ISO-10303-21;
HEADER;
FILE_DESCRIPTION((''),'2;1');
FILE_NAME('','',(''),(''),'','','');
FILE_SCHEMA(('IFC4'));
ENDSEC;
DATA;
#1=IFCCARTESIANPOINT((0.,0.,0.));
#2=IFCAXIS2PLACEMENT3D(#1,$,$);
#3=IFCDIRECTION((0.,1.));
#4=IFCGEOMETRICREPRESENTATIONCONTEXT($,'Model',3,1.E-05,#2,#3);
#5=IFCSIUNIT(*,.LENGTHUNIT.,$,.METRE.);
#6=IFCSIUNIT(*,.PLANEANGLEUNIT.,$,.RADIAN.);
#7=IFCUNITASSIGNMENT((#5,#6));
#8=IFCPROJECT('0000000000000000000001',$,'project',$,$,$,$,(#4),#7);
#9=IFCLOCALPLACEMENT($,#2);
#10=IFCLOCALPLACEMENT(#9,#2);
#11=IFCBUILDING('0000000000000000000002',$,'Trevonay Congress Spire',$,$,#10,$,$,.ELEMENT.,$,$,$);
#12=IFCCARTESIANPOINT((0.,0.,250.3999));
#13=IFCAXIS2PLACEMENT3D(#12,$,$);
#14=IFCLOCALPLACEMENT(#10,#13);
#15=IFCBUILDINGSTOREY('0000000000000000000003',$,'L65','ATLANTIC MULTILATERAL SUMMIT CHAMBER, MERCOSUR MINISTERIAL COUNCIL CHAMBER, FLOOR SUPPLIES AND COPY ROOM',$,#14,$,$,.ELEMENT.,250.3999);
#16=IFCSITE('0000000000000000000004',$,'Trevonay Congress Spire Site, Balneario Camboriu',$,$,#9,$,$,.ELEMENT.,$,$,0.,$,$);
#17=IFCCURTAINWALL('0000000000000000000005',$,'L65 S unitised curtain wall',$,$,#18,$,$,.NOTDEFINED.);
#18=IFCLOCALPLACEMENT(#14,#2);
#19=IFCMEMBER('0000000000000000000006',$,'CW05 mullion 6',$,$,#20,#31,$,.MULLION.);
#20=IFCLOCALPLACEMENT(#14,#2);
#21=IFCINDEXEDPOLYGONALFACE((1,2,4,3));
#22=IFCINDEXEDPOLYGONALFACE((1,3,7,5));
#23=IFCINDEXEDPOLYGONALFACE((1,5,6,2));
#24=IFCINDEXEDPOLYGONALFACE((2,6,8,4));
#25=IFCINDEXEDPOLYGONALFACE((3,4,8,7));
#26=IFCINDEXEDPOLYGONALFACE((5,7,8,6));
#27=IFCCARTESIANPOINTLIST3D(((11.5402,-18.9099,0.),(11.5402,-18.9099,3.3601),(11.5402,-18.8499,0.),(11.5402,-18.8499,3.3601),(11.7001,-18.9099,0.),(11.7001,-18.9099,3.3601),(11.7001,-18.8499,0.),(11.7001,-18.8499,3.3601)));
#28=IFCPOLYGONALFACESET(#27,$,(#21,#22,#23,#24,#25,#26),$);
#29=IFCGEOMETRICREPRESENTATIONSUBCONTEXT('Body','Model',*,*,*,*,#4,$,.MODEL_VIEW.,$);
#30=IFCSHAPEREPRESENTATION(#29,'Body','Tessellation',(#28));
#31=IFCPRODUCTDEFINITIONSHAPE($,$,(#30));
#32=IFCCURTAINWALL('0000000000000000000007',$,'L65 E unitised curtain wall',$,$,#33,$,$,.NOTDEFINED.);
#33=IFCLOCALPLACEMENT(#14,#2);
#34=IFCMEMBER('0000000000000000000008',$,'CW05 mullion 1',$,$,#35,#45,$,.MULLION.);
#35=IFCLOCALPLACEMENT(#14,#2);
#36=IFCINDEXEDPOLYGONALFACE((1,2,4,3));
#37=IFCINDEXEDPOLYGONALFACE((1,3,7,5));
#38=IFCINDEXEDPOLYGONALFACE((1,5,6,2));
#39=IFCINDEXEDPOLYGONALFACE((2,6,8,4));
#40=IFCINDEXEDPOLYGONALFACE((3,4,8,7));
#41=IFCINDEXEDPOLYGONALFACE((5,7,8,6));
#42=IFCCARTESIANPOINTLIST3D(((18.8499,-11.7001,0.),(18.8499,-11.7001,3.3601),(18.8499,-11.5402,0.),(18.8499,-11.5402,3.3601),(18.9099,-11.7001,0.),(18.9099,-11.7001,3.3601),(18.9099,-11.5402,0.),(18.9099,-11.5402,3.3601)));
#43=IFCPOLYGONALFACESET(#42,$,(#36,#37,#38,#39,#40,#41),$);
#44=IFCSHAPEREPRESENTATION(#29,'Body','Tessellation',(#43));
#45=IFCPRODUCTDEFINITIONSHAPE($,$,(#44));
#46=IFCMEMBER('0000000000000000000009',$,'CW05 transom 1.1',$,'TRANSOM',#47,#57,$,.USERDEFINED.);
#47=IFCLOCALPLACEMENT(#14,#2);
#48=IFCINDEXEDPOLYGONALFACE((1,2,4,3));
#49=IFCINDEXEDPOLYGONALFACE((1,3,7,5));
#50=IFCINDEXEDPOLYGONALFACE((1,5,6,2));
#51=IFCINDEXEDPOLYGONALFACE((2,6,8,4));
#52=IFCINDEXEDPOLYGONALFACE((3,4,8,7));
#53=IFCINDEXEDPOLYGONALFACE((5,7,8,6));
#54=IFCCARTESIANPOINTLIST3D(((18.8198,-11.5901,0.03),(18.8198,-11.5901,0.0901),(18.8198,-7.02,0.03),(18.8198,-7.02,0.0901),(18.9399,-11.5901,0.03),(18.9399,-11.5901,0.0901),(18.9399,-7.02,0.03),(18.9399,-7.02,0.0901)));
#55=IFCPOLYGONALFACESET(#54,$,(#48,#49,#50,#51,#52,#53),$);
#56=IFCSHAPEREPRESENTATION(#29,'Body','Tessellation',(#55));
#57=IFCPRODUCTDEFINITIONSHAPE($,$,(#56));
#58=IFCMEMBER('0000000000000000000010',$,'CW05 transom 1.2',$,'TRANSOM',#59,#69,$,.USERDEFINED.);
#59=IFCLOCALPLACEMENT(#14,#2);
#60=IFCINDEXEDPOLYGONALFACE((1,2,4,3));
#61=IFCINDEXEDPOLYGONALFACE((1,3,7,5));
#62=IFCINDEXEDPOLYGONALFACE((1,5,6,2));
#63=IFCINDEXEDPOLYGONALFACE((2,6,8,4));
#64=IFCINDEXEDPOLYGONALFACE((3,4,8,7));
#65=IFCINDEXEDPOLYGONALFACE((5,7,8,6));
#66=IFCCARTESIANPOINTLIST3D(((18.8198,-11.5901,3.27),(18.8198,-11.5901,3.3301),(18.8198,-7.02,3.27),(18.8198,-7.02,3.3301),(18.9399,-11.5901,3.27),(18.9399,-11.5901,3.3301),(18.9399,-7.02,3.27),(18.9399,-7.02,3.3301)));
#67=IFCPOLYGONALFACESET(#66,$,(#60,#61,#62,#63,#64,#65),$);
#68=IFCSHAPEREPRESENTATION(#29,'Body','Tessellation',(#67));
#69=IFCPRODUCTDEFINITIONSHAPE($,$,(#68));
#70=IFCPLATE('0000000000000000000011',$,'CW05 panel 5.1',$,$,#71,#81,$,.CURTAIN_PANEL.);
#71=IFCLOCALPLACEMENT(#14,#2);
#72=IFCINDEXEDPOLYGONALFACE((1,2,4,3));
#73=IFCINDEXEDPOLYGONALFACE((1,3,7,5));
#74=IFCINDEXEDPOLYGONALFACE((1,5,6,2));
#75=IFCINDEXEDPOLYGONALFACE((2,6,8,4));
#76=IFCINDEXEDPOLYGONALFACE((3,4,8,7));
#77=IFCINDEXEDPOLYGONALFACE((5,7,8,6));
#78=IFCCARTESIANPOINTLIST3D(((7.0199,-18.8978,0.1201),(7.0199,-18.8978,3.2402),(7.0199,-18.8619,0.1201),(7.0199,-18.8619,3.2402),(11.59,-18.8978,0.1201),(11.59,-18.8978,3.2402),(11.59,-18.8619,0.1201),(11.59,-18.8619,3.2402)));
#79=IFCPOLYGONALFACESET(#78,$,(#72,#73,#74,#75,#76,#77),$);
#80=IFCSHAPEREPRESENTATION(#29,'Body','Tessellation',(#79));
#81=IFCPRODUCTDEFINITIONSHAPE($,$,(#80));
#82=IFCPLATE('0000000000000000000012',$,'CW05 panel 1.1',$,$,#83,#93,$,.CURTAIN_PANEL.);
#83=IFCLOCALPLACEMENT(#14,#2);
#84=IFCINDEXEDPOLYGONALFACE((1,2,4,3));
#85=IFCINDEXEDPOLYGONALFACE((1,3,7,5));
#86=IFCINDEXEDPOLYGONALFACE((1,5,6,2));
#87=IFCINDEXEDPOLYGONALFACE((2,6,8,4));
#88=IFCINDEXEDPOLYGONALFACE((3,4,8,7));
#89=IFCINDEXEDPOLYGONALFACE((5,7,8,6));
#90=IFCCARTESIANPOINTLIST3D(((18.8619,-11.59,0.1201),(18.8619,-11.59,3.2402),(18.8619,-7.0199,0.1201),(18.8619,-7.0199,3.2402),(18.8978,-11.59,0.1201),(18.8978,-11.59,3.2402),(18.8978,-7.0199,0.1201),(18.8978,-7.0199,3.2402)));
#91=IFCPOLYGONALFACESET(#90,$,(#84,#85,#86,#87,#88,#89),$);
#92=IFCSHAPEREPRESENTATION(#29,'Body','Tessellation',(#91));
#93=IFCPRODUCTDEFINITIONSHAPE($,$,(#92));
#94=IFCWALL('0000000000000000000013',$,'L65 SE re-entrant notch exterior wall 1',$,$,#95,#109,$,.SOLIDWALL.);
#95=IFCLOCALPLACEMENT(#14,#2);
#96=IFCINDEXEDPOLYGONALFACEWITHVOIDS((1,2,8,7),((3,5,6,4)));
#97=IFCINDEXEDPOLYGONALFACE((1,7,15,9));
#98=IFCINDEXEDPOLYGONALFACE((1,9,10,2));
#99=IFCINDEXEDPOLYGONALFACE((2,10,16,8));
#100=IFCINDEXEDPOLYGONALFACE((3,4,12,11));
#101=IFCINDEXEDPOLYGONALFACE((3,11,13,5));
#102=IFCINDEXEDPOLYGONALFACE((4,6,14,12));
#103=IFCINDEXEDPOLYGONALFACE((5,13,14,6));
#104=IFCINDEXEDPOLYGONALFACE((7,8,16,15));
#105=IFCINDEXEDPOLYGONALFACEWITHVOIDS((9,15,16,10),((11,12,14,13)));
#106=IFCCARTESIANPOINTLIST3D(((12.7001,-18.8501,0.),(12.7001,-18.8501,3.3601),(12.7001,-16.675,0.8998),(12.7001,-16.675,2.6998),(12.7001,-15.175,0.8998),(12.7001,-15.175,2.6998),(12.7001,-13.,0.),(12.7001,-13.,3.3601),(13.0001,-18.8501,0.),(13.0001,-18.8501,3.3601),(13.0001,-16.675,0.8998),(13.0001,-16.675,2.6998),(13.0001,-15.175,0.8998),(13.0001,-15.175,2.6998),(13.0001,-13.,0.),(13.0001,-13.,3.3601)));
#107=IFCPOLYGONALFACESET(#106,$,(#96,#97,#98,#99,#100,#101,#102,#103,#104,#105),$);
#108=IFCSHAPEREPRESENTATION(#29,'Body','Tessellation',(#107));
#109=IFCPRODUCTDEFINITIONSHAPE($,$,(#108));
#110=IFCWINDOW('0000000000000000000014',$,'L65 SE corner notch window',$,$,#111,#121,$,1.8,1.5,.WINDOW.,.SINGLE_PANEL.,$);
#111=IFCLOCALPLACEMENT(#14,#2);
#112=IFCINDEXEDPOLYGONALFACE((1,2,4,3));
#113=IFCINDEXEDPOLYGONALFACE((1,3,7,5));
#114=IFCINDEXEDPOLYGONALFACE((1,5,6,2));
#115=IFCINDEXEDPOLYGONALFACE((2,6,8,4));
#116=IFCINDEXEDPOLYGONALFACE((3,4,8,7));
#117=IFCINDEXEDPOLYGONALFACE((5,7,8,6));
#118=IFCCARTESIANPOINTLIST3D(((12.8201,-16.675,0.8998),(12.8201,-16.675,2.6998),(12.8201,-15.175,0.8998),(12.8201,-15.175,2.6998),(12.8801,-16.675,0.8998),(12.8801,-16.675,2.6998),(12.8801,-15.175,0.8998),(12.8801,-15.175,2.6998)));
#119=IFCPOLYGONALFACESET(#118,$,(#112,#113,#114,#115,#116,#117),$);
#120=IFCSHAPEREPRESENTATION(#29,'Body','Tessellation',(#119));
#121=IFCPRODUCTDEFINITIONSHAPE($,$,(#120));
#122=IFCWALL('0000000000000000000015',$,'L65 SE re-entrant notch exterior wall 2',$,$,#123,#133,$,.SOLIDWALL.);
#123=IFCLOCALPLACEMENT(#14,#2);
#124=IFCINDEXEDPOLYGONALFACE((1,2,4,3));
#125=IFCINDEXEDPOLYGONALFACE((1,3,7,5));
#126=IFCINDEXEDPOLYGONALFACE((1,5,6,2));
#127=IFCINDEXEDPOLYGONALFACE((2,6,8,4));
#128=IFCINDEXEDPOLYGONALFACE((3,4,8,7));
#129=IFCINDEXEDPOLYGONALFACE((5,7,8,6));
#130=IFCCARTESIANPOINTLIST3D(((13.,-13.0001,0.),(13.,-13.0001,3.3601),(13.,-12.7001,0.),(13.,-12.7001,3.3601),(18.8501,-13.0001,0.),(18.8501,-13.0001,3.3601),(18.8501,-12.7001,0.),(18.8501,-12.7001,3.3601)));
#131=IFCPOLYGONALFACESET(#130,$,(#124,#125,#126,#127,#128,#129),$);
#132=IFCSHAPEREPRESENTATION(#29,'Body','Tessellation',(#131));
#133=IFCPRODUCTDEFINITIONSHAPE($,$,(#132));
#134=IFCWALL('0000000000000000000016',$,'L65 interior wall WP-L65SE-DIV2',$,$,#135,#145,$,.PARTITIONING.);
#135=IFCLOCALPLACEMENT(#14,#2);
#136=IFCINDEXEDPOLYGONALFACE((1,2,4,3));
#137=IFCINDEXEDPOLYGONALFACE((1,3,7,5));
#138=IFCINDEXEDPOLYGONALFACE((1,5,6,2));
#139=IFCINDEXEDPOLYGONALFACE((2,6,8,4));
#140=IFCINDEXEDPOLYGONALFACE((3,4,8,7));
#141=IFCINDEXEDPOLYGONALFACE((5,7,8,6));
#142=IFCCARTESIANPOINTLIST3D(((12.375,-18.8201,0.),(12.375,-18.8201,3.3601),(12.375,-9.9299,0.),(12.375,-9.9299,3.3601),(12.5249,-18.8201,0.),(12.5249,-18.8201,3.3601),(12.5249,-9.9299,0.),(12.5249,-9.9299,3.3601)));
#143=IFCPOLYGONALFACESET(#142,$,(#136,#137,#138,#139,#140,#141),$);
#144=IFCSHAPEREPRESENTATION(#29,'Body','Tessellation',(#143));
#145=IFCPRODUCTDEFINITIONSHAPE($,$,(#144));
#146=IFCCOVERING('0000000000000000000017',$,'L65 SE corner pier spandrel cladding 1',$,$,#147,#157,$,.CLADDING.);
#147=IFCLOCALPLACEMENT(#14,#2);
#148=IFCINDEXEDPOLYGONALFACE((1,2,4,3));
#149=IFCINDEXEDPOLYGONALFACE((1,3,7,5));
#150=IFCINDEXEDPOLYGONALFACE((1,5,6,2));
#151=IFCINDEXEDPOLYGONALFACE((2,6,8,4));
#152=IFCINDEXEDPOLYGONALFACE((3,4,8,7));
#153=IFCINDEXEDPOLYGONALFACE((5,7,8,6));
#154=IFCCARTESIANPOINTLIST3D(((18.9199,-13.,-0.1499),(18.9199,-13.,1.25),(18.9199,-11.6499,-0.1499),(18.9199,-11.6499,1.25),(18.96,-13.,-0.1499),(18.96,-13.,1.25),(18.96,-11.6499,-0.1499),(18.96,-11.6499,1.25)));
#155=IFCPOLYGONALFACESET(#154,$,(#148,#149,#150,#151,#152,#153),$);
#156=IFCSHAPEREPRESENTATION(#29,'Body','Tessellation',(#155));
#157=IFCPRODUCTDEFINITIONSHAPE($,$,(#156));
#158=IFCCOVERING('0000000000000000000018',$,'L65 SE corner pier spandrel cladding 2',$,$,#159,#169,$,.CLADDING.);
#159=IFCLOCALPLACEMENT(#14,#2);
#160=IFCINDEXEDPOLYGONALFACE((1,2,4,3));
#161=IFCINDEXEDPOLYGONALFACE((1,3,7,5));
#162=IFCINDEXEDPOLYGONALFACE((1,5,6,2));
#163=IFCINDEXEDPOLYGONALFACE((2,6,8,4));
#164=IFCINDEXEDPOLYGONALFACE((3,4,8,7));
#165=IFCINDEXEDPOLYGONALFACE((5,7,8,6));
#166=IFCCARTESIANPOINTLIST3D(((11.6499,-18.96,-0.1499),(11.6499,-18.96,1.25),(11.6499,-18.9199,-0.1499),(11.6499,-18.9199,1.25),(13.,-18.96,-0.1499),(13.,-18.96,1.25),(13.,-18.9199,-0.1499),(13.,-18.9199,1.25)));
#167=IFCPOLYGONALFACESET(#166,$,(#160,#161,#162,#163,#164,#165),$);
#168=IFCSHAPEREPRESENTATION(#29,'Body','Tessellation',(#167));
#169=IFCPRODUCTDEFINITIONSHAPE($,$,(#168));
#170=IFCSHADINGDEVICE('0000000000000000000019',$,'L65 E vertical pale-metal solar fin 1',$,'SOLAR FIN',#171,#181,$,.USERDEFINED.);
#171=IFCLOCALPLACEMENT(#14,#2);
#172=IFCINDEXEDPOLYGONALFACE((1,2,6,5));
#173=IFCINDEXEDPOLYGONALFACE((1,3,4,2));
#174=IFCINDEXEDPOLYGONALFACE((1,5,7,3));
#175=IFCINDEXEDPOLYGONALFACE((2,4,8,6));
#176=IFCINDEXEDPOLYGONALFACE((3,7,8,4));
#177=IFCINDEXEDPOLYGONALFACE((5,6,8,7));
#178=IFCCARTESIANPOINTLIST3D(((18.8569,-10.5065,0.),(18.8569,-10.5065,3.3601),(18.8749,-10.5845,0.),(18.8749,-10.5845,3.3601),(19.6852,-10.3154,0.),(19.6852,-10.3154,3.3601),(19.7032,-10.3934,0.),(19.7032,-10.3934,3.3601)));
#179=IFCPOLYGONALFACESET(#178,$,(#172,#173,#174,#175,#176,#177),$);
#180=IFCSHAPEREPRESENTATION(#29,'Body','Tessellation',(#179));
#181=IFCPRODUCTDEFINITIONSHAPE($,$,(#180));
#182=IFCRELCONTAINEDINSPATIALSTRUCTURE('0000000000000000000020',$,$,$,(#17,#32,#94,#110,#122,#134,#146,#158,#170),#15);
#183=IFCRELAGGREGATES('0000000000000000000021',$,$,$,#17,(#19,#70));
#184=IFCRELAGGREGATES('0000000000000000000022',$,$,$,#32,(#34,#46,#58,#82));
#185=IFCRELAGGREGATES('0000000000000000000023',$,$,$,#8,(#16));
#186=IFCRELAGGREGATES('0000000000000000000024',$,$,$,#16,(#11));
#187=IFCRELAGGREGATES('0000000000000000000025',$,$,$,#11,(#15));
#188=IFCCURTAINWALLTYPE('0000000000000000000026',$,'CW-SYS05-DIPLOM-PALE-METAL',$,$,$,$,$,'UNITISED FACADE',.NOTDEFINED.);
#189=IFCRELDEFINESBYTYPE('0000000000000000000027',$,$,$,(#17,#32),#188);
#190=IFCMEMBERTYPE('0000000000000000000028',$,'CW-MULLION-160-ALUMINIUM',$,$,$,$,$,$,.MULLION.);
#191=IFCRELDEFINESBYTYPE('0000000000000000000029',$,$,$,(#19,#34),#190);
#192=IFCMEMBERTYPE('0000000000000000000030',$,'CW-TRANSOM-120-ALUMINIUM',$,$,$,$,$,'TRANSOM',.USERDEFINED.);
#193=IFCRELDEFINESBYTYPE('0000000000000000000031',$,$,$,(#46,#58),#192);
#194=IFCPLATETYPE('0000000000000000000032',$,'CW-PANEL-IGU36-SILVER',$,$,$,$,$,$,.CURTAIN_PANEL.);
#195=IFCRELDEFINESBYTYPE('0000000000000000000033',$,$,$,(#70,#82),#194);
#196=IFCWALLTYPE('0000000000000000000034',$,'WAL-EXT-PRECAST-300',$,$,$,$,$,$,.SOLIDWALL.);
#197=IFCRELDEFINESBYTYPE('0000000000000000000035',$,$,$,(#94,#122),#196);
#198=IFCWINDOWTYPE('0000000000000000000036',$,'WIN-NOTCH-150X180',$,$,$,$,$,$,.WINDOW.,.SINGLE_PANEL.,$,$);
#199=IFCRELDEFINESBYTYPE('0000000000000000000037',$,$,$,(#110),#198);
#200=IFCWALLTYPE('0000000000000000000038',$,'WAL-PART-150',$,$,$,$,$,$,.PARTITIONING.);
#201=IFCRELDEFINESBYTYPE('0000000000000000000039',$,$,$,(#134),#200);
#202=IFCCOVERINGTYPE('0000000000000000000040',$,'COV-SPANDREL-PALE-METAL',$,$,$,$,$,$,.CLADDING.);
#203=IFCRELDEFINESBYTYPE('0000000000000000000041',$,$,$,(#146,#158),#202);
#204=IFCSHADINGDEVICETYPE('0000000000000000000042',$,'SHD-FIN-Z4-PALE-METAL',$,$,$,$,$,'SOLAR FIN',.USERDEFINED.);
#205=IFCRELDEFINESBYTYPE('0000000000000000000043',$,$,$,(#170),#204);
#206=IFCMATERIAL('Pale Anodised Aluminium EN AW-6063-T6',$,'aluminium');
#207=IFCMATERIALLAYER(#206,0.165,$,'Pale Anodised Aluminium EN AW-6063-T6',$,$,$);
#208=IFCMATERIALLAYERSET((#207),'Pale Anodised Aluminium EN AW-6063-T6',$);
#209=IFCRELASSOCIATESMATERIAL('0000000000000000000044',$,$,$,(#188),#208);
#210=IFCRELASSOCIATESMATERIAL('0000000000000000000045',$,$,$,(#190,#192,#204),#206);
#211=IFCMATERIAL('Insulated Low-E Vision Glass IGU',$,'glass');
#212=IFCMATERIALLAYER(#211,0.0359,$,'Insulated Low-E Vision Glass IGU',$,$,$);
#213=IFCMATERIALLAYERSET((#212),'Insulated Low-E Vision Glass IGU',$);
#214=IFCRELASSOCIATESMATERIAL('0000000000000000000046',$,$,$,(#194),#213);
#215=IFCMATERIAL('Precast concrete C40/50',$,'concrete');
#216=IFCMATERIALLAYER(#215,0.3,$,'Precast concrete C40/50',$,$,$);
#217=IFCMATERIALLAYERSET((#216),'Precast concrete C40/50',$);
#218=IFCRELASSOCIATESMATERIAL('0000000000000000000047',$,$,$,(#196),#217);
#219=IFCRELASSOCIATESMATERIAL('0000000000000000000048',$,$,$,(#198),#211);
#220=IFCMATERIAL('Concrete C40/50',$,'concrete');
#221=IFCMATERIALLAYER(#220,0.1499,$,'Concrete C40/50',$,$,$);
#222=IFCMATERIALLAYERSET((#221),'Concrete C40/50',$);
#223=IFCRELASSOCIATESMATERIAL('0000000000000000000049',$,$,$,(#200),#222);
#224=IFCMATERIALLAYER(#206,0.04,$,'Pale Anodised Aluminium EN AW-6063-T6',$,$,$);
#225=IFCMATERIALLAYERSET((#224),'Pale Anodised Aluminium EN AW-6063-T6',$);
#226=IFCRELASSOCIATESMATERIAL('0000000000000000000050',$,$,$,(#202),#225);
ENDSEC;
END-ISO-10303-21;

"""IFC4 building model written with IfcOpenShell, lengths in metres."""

from ifc_helpers import new_model, si_unit, direction, frame, frame_2d, origin, origin_2d, place, context, subcontext, project, spatial, rectangle, extrude, material, layer, layer_set, material_profile, profile_set, type_object, element, fill, aggregate, save


model = new_model("IFC4")

# Units and contexts
model_context = context("Model", 3, precision=1e-05, world=origin(), true_north=direction((0.0, 1.0)))
body_context = subcontext(model_context, "Body", "Model", "MODEL_VIEW")
ifc_project = project(units=[si_unit("LENGTHUNIT", "METRE"), si_unit("PLANEANGLEUNIT", "RADIAN")], contexts=[model_context])

# Site, building, storey
site_placement = place(None, origin())
site = spatial("IfcSite", under=ifc_project, at=site_placement, Name="Trevonay Congress Spire Site, Balneario Camboriu", CompositionType="ELEMENT", RefElevation=0.0)
building_placement = place(site_placement, origin())
building = spatial("IfcBuilding", under=site, at=building_placement, Name="Trevonay Congress Spire", CompositionType="ELEMENT")
storey_placement = place(building_placement, frame((0.0, 0.0, 250.3999)))
storey = spatial("IfcBuildingStorey", under=building, at=storey_placement, Name="L65", Description="ATLANTIC MULTILATERAL SUMMIT CHAMBER, MERCOSUR MINISTERIAL COUNCIL CHAMBER, FLOOR SUPPLIES AND COPY ROOM", CompositionType="ELEMENT", Elevation=250.3999)

# Curtain wall, member
ifc_material_1 = material(Name="Pale Anodised Aluminium EN AW-6063-T6", Category="aluminium")
ifc_layer_1 = layer(ifc_material_1, 0.165, Name="Pale Anodised Aluminium EN AW-6063-T6")
ifc_layer_set_1 = layer_set([ifc_layer_1], Name="Pale Anodised Aluminium EN AW-6063-T6")
curtain_wall_type = type_object("IfcCurtainWallType", Name="CW-SYS05-DIPLOM-PALE-METAL", ElementType="UNITISED FACADE", PredefinedType="NOTDEFINED", material=ifc_layer_set_1)
curtain_wall_1_placement = place(storey_placement, origin())
curtain_wall_1 = element("IfcCurtainWall", 1, at=curtain_wall_1_placement, inside=storey, type_object=curtain_wall_type, Name="L65 S unitised curtain wall", PredefinedType="NOTDEFINED")
ifc_material_profile_1 = material_profile(ifc_material_1, rectangle(XDim=0.0601, YDim=0.1599, at=origin_2d()), Name="CW-MULLION-160-ALUMINIUM")
ifc_profile_set_1 = profile_set([ifc_material_profile_1], Name="Pale Anodised Aluminium EN AW-6063-T6")
member_type_1 = type_object("IfcMemberType", Name="CW-MULLION-160-ALUMINIUM", PredefinedType="MULLION", material=ifc_profile_set_1)
member_1_placement = place(storey_placement, frame((11.6201, -18.8799, 0.0), z_axis=(0.0, 0.0, 1.0), x_axis=(0.0, 1.0, 0.0)))
member_1 = element("IfcMember", 2, at=member_1_placement, type_object=member_type_1, Name="CW05 mullion 6", PredefinedType="MULLION", context=body_context, shape_type="SweptSolid", body=[
    extrude(rectangle(XDim=0.0601, YDim=0.1599, at=origin_2d()), origin(), (0.0, 0.0, 1.0), 3.3601),
])

# Curtain wall, members
curtain_wall_2_placement = place(storey_placement, origin())
curtain_wall_2 = element("IfcCurtainWall", 3, at=curtain_wall_2_placement, inside=storey, type_object=curtain_wall_type, Name="L65 E unitised curtain wall", PredefinedType="NOTDEFINED")
member_2_placement = place(storey_placement, frame((18.8799, -11.6201, 0.0), z_axis=(0.0, 0.0, 1.0), x_axis=(-1.0, 0.0, 0.0)))
member_2 = element("IfcMember", 4, at=member_2_placement, type_object=member_type_1, Name="CW05 mullion 1", PredefinedType="MULLION", context=body_context, shape_type="SweptSolid", body=[
    extrude(rectangle(XDim=0.0601, YDim=0.1599, at=origin_2d()), origin(), (0.0, 0.0, 1.0), 3.3601),
])
ifc_material_profile_2 = material_profile(ifc_material_1, rectangle(XDim=0.1201, YDim=0.0601, at=origin_2d()), Name="CW-TRANSOM-120-ALUMINIUM")
ifc_profile_set_2 = profile_set([ifc_material_profile_2], Name="Pale Anodised Aluminium EN AW-6063-T6")
member_type_2 = type_object("IfcMemberType", Name="CW-TRANSOM-120-ALUMINIUM", ElementType="TRANSOM", PredefinedType="USERDEFINED", material=ifc_profile_set_2)
member_3_placement = place(storey_placement, frame((18.8799, -11.5901, 0.0601), z_axis=(0.0, 1.0, 0.0), x_axis=(-1.0, 0.0, 0.0)))
member_3 = element("IfcMember", 5, at=member_3_placement, type_object=member_type_2, Name="CW05 transom 1.1", ObjectType="TRANSOM", PredefinedType="USERDEFINED", context=body_context, shape_type="SweptSolid", body=[
    extrude(rectangle(XDim=0.1201, YDim=0.0601, at=origin_2d()), origin(), (0.0, 0.0, 1.0), 4.5701),
])
member_4_placement = place(storey_placement, frame((18.8799, -11.5901, 3.3), z_axis=(0.0, 1.0, 0.0), x_axis=(-1.0, 0.0, 0.0)))
member_4 = element("IfcMember", 6, at=member_4_placement, type_object=member_type_2, Name="CW05 transom 1.2", ObjectType="TRANSOM", PredefinedType="USERDEFINED", context=body_context, shape_type="SweptSolid", body=[
    extrude(rectangle(XDim=0.1201, YDim=0.0601, at=origin_2d()), origin(), (0.0, 0.0, 1.0), 4.5701),
])

# Plates
ifc_material_2 = material(Name="Insulated Low-E Vision Glass IGU", Category="glass")
ifc_layer_2 = layer(ifc_material_2, 0.0359, Name="Insulated Low-E Vision Glass IGU")
ifc_layer_set_2 = layer_set([ifc_layer_2], Name="Insulated Low-E Vision Glass IGU")
plate_type = type_object("IfcPlateType", Name="CW-PANEL-IGU36-SILVER", PredefinedType="CURTAIN_PANEL", material=ifc_layer_set_2)
plate_1_placement = place(storey_placement, frame((9.3049, -18.8799, 0.1201), z_axis=(0.0, 0.0, 1.0), x_axis=(1.0, 0.0, 0.0)))
plate_1 = element("IfcPlate", 7, at=plate_1_placement, type_object=plate_type, Name="CW05 panel 5.1", PredefinedType="CURTAIN_PANEL", context=body_context, shape_type="SweptSolid", body=[
    extrude(rectangle(XDim=4.5701, YDim=0.0359, at=origin_2d()), origin(), (0.0, 0.0, 1.0), 3.1201),
])
aggregate(curtain_wall_1, [member_1, plate_1])
plate_2_placement = place(storey_placement, frame((18.8799, -9.3049, 0.1201), z_axis=(0.0, 0.0, 1.0), x_axis=(0.0, 1.0, 0.0)))
plate_2 = element("IfcPlate", 8, at=plate_2_placement, type_object=plate_type, Name="CW05 panel 1.1", PredefinedType="CURTAIN_PANEL", context=body_context, shape_type="SweptSolid", body=[
    extrude(rectangle(XDim=4.5701, YDim=0.0359, at=origin_2d()), origin(), (0.0, 0.0, 1.0), 3.1201),
])
aggregate(curtain_wall_2, [member_2, member_3, member_4, plate_2])

# Wall, opening, window
ifc_material_3 = material(Name="Precast concrete C40/50", Category="concrete")
ifc_layer_3 = layer(ifc_material_3, 0.3, Name="Precast concrete C40/50")
ifc_layer_set_3 = layer_set([ifc_layer_3], Name="Precast concrete C40/50")
wall_type_1 = type_object("IfcWallType", Name="WAL-EXT-PRECAST-300", PredefinedType="SOLIDWALL", material=ifc_layer_set_3)
wall_1_placement = place(storey_placement, frame((12.8501, -18.8501, 0.0), z_axis=(0.0, 0.0, 1.0), x_axis=(0.0, 1.0, 0.0)))
wall_1 = element("IfcWall", 9, at=wall_1_placement, inside=storey, type_object=wall_type_1, Name="L65 SE re-entrant notch exterior wall 1", PredefinedType="SOLIDWALL", context=body_context, shape_type="SweptSolid", body=[
    extrude(rectangle(XDim=5.8501, YDim=0.3, at=frame_2d((2.925, 0.0))), origin(), (0.0, 0.0, 1.0), 3.3601),
])
opening_placement = place(wall_1_placement, frame((2.175, 0.0, 0.8999)))
opening = element("IfcOpeningElement", 10, at=opening_placement, cuts=wall_1, PredefinedType="OPENING", context=body_context, shape_type="SweptSolid", body=[
    extrude(rectangle(XDim=1.5, YDim=1.8, at=frame_2d((0.75, 0.8999))), frame((0.0, 0.1602, 0.0), z_axis=(0.0, -1.0, 0.0), x_axis=(1.0, 0.0, 0.0)), (0.0, 0.0, 1.0), 0.3201),
])
window_type = type_object("IfcWindowType", Name="WIN-NOTCH-150X180", PartitioningType="SINGLE_PANEL", PredefinedType="WINDOW", material=ifc_material_2)
window_placement = place(opening_placement, origin())
window = element("IfcWindow", 11, at=window_placement, inside=storey, type_object=window_type, Name="L65 SE corner notch window", OverallHeight=1.8, OverallWidth=1.5, PartitioningType="SINGLE_PANEL", PredefinedType="WINDOW", context=body_context, shape_type="SweptSolid", body=[
    extrude(rectangle(XDim=1.5, YDim=1.8, at=frame_2d((0.75, 0.8999))), frame((0.0, 0.03, 0.0), z_axis=(0.0, -1.0, 0.0), x_axis=(1.0, 0.0, 0.0)), (0.0, 0.0, 1.0), 0.0601),
])
fill(opening, window)

# Walls
wall_2_placement = place(storey_placement, frame((18.8501, -12.8501, 0.0), z_axis=(0.0, 0.0, 1.0), x_axis=(-1.0, 0.0, 0.0)))
element("IfcWall", 12, at=wall_2_placement, inside=storey, type_object=wall_type_1, Name="L65 SE re-entrant notch exterior wall 2", PredefinedType="SOLIDWALL", context=body_context, shape_type="SweptSolid", body=[
    extrude(rectangle(XDim=5.8501, YDim=0.3, at=frame_2d((2.925, 0.0))), origin(), (0.0, 0.0, 1.0), 3.3601),
])
ifc_material_4 = material(Name="Concrete C40/50", Category="concrete")
ifc_layer_4 = layer(ifc_material_4, 0.1499, Name="Concrete C40/50")
ifc_layer_set_4 = layer_set([ifc_layer_4], Name="Concrete C40/50")
wall_type_2 = type_object("IfcWallType", Name="WAL-PART-150", PredefinedType="PARTITIONING", material=ifc_layer_set_4)
wall_3_placement = place(storey_placement, frame((12.45, -18.8201, 0.0), z_axis=(0.0, 0.0, 1.0), x_axis=(0.0, 1.0, 0.0)))
element("IfcWall", 13, at=wall_3_placement, inside=storey, type_object=wall_type_2, Name="L65 interior wall WP-L65SE-DIV2", PredefinedType="PARTITIONING", context=body_context, shape_type="SweptSolid", body=[
    extrude(rectangle(XDim=8.8901, YDim=0.1499, at=frame_2d((4.4451, 0.0))), origin(), (0.0, 0.0, 1.0), 3.3601),
])

# Coverings
ifc_layer_5 = layer(ifc_material_1, 0.04, Name="Pale Anodised Aluminium EN AW-6063-T6")
ifc_layer_set_5 = layer_set([ifc_layer_5], Name="Pale Anodised Aluminium EN AW-6063-T6")
covering_type = type_object("IfcCoveringType", Name="COV-SPANDREL-PALE-METAL", PredefinedType="CLADDING", material=ifc_layer_set_5)
for number, where, z_axis, x_axis, name in (
    (14, (18.9399, -11.6499, -0.1499), (0.0, 0.0, 1.0), (0.0, -1.0, 0.0), "L65 SE corner pier spandrel cladding 1"),
    (15, (11.6499, -18.9399, -0.1499), (0.0, 0.0, 1.0), (1.0, 0.0, 0.0), "L65 SE corner pier spandrel cladding 2"),
):
    element("IfcCovering", number, at=place(storey_placement, frame(where, z_axis=z_axis, x_axis=x_axis)), inside=storey, type_object=covering_type, Name=name, PredefinedType="CLADDING", context=body_context, shape_type="SweptSolid", body=[
        extrude(rectangle(XDim=1.3501, YDim=0.04, at=frame_2d((0.675, 0.0))), origin(), (0.0, 0.0, 1.0), 1.3999),
    ])

# Shading device
shading_device_type = type_object("IfcShadingDeviceType", Name="SHD-FIN-Z4-PALE-METAL", ElementType="SOLAR FIN", PredefinedType="USERDEFINED", material=ifc_material_1)
for number, where, z_axis, x_axis, name in (
    (16, (19.28, -10.45, 0.0), (0.0, 0.0, 1.0), (-0.224781, 0.974409, 0.0), "L65 E vertical pale-metal solar fin 1"),
):
    element("IfcShadingDevice", number, at=place(storey_placement, frame(where, z_axis=z_axis, x_axis=x_axis)), inside=storey, type_object=shading_device_type, Name=name, ObjectType="SOLAR FIN", PredefinedType="USERDEFINED", context=body_context, shape_type="SweptSolid", body=[
        extrude(rectangle(XDim=0.0801, YDim=0.8501, at=origin_2d()), origin(), (0.0, 0.0, 1.0), 3.3601),
    ])

save(model, "model.ifc")
